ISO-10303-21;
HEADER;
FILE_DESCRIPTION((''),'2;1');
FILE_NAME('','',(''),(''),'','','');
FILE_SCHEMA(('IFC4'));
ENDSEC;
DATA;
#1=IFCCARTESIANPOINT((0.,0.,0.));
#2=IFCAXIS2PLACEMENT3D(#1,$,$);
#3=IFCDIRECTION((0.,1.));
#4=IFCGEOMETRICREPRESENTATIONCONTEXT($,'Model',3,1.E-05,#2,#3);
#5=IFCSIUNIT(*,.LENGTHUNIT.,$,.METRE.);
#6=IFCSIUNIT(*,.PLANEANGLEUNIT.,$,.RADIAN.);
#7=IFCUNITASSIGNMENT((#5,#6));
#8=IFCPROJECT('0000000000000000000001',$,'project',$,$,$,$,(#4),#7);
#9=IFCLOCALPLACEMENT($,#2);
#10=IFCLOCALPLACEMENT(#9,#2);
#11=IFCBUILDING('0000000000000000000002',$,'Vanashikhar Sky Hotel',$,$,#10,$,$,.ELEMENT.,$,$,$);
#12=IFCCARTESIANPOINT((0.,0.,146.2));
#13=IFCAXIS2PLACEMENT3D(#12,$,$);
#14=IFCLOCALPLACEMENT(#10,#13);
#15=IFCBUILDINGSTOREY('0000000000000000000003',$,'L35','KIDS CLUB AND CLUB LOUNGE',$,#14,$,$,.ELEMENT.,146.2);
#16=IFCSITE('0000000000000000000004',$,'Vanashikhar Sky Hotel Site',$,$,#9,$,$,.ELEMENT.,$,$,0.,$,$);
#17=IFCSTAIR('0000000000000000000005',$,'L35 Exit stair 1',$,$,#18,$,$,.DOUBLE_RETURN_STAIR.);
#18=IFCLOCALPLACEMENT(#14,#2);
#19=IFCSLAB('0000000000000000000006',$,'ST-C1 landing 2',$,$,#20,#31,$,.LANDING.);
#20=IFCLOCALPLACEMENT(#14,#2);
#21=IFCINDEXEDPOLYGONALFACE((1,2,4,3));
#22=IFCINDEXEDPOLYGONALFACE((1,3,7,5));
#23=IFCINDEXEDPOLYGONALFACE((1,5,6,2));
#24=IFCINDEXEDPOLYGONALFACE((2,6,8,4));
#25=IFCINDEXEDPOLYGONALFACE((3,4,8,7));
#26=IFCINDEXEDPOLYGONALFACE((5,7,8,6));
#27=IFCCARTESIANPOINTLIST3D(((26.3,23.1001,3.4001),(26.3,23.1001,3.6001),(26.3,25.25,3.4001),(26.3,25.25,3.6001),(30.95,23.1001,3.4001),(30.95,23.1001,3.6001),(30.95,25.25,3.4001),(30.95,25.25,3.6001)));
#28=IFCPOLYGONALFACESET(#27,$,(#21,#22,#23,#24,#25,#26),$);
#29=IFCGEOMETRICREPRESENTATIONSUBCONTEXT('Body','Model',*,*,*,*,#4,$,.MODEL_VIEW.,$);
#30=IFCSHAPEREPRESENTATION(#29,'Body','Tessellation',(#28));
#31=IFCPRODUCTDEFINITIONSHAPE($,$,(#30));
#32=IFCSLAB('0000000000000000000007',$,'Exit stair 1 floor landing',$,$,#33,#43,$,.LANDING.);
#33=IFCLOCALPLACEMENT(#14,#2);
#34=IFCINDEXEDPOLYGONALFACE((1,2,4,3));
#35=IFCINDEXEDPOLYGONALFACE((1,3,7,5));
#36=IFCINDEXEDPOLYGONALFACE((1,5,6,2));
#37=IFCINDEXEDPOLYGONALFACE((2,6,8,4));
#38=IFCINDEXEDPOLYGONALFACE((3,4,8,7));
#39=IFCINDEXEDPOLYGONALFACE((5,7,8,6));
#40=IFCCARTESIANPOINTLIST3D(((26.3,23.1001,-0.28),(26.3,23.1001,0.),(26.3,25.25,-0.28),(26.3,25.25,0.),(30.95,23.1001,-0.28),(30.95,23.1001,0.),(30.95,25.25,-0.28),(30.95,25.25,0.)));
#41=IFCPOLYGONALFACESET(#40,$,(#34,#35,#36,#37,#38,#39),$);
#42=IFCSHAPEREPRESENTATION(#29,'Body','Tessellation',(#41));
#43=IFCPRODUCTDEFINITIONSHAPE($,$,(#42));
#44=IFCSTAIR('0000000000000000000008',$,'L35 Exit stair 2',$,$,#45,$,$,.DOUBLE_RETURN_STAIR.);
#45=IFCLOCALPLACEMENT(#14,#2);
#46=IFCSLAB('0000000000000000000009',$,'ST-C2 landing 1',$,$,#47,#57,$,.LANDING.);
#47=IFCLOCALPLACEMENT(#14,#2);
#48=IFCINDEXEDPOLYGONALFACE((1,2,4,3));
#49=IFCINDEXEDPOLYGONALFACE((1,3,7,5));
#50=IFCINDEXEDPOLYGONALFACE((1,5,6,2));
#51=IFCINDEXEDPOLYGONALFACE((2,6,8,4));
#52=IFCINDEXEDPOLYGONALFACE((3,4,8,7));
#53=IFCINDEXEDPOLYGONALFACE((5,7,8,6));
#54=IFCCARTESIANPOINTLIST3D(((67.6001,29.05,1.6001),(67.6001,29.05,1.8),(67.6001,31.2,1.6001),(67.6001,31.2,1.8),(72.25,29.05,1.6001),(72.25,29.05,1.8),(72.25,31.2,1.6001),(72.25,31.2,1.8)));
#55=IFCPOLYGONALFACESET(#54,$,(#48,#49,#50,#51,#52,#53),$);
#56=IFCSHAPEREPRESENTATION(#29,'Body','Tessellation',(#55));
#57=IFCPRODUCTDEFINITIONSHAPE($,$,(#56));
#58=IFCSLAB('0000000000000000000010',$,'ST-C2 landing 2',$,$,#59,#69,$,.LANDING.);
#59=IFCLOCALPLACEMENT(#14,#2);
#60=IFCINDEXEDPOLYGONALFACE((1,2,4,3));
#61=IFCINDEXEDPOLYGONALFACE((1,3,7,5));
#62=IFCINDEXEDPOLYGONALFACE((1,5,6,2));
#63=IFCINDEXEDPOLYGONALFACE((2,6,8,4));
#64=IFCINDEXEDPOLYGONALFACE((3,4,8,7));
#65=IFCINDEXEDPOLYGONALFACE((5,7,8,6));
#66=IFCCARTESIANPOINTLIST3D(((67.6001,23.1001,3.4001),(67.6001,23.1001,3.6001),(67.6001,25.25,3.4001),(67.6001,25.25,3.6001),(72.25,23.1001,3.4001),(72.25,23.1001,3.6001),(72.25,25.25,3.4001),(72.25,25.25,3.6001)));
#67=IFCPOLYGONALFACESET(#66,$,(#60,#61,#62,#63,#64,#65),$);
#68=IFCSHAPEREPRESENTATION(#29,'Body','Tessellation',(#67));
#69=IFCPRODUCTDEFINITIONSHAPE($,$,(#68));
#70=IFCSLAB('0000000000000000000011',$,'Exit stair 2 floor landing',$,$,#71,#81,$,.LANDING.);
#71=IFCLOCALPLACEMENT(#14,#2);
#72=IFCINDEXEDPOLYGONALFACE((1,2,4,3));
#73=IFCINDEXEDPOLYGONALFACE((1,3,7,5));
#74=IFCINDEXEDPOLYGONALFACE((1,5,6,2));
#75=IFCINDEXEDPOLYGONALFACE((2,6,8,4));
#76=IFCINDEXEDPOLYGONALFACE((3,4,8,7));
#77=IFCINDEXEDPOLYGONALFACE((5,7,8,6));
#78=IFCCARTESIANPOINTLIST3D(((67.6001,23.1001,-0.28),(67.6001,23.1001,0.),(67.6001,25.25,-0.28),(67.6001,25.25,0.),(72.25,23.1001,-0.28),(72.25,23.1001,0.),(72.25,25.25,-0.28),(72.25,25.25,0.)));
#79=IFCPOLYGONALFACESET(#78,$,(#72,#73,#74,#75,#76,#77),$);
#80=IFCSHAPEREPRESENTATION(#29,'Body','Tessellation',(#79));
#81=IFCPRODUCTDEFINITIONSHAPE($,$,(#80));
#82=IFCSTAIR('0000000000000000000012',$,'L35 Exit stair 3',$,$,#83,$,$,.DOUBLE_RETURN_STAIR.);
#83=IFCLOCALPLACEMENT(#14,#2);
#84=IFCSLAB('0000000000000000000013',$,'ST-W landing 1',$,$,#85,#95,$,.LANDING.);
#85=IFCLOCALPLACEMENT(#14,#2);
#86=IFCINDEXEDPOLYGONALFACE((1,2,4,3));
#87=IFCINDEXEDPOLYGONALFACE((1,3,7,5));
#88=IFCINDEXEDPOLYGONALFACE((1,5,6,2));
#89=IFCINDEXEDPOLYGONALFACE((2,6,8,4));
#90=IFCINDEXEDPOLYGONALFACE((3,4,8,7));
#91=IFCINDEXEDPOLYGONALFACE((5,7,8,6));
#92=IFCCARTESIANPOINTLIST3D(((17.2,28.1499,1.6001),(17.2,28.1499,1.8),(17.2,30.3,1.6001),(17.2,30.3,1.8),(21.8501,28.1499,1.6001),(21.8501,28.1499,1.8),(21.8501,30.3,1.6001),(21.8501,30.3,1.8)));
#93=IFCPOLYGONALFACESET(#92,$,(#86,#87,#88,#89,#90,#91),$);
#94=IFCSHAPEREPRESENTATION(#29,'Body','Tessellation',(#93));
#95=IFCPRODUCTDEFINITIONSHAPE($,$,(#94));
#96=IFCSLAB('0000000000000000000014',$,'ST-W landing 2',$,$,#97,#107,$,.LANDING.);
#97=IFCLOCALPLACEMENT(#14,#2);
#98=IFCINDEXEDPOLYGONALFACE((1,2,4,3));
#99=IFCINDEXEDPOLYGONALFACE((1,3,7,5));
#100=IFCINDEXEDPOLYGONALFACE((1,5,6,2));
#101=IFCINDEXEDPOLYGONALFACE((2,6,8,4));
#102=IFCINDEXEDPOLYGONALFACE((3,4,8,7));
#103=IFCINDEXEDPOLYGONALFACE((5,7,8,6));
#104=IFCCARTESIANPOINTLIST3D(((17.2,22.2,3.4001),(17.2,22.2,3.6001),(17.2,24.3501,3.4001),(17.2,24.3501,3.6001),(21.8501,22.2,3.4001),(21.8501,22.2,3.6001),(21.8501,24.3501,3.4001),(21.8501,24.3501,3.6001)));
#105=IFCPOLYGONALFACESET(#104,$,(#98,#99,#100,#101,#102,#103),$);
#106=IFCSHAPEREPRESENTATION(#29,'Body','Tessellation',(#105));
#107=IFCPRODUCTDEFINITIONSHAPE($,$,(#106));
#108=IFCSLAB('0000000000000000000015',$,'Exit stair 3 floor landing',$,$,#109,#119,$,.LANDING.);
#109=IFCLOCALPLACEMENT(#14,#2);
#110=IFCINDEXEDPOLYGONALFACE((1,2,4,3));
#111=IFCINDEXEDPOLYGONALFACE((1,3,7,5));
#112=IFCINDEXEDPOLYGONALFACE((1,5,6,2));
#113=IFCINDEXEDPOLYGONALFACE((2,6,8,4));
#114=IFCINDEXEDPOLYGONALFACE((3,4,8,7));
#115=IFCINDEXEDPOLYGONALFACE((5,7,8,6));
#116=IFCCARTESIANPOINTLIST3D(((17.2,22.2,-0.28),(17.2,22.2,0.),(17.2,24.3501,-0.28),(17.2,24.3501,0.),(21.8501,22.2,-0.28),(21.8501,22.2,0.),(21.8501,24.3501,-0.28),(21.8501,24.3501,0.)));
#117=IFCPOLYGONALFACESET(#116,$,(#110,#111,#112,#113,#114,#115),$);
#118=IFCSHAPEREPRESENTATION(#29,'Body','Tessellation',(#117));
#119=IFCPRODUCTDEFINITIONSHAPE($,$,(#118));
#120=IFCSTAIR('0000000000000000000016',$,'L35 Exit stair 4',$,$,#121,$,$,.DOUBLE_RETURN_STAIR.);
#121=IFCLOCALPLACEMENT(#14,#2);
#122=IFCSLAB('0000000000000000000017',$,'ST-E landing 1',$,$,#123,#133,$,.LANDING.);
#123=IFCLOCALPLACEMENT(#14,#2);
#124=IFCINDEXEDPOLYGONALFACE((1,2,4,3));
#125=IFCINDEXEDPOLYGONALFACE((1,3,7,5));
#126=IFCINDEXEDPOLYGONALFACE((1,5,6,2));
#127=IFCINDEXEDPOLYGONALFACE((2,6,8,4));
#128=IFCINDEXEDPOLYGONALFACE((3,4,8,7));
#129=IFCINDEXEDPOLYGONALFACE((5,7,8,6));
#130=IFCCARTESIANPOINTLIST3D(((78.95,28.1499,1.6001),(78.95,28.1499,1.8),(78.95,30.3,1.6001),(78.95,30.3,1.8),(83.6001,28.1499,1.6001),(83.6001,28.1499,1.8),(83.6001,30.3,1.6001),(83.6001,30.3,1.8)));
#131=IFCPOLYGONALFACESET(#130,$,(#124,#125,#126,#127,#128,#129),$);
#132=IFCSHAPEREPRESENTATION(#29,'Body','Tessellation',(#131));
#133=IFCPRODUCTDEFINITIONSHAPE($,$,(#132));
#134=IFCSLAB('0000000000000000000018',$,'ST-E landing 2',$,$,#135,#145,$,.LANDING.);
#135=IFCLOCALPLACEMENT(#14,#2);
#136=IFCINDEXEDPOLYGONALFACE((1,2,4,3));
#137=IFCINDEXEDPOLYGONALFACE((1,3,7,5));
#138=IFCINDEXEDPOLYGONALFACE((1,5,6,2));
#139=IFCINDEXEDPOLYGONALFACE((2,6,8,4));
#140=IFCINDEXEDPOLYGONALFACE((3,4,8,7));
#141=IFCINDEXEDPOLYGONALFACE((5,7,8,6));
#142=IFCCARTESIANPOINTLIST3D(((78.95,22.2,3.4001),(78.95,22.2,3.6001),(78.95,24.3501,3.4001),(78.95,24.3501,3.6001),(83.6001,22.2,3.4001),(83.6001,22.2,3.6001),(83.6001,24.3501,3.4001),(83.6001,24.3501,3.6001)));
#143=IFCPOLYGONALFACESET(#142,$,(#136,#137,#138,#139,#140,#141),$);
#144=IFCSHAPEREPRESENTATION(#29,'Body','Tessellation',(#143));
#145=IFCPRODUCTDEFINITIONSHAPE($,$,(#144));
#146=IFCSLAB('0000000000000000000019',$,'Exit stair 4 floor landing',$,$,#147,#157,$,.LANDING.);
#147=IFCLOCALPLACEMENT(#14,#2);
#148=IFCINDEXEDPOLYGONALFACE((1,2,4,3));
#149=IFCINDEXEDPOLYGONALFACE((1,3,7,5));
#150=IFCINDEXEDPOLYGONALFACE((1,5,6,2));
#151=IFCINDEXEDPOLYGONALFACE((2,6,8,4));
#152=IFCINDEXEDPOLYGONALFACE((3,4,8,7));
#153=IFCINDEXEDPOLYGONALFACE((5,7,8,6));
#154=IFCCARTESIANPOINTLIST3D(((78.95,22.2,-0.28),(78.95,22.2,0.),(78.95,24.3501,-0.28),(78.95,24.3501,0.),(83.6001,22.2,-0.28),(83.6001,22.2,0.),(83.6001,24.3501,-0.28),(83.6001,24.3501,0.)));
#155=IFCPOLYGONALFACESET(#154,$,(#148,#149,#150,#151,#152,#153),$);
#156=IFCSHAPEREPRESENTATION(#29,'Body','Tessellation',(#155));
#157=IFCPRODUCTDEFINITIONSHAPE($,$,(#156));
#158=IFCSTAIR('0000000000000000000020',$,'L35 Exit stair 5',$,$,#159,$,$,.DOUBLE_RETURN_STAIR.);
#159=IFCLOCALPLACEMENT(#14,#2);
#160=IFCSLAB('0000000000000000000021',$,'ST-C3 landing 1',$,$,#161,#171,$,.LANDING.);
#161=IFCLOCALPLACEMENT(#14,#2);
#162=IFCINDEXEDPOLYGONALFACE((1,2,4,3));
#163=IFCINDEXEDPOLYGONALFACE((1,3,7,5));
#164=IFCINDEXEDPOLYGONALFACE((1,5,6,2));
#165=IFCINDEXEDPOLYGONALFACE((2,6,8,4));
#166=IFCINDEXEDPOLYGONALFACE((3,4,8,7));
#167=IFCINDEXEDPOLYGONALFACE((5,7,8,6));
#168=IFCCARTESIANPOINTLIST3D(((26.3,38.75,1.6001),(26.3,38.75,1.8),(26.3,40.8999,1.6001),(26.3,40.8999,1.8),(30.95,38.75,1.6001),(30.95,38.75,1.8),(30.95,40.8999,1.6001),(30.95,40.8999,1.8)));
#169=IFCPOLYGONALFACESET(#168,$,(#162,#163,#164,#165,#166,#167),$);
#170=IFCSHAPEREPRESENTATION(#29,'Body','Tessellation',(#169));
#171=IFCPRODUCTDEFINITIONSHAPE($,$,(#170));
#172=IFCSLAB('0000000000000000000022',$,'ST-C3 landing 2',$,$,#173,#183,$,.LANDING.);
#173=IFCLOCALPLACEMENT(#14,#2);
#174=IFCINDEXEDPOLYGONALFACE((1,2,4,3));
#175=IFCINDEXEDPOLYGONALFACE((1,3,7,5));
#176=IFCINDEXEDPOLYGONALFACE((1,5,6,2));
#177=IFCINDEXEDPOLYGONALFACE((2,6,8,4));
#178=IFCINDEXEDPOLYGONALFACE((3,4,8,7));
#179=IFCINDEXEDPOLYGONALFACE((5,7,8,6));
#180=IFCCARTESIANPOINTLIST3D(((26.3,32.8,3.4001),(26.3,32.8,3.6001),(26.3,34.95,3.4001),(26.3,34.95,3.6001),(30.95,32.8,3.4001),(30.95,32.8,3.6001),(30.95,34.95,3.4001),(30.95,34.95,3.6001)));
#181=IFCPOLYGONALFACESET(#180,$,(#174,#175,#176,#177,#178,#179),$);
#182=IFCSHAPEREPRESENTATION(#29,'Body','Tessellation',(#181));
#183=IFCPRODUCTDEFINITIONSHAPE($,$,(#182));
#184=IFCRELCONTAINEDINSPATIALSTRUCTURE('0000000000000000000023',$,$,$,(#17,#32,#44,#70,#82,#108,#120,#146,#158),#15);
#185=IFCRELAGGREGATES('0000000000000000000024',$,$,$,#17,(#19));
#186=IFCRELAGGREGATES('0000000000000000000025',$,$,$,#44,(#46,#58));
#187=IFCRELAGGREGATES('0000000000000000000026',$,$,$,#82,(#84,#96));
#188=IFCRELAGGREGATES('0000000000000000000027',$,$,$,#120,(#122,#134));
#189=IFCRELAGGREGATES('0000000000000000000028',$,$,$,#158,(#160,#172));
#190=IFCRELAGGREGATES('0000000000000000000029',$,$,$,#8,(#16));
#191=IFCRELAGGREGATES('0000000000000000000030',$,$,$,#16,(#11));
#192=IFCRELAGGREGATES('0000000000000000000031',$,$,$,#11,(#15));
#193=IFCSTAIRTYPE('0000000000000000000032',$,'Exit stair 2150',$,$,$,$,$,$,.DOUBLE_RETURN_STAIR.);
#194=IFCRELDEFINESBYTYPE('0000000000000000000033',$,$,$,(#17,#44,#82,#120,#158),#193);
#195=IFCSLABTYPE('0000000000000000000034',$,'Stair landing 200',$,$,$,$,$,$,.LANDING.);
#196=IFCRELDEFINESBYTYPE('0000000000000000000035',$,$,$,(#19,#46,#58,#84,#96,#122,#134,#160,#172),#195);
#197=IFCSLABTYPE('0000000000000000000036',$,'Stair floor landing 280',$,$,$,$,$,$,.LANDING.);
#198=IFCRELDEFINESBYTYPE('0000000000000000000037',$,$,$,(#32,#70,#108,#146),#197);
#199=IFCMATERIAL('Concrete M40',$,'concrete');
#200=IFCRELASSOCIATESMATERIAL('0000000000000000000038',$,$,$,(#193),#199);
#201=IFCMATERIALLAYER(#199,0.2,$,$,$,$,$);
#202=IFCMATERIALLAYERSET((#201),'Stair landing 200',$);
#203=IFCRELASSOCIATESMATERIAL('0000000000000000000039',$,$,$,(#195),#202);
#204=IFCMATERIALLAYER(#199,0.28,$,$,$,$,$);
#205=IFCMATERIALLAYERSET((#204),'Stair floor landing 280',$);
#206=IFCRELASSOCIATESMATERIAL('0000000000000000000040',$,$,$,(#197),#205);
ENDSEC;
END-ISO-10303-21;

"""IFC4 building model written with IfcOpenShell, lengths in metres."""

from ifc_helpers import new_model, si_unit, direction, frame, origin, place, context, subcontext, project, spatial, polyline, outline, extrude, source, transform, mapped, material, layer, layer_set, type_object, element, aggregate, save


model = new_model("IFC4")

# Units and contexts
model_context = context("Model", 3, precision=1e-05, world=origin(), true_north=direction((0.0, 1.0)))
body_context = subcontext(model_context, "Body", "Model", "MODEL_VIEW")
ifc_project = project(units=[si_unit("LENGTHUNIT", "METRE"), si_unit("PLANEANGLEUNIT", "RADIAN")], contexts=[model_context])

# Site, building, storey
site_placement = place(None, origin())
site = spatial("IfcSite", under=ifc_project, at=site_placement, Name="Vanashikhar Sky Hotel Site", CompositionType="ELEMENT", RefElevation=0.0)
building_placement = place(site_placement, origin())
building = spatial("IfcBuilding", under=site, at=building_placement, Name="Vanashikhar Sky Hotel", CompositionType="ELEMENT")
storey_placement = place(building_placement, frame((0.0, 0.0, 146.2)))
storey = spatial("IfcBuildingStorey", under=building, at=storey_placement, Name="L35", Description="KIDS CLUB AND CLUB LOUNGE", CompositionType="ELEMENT", Elevation=146.2)

# Shared definitions
ifc_material_1 = material(Name="Concrete M40", Category="concrete")

# Stair, slab
stair_type = type_object("IfcStairType", Name="Exit stair 2150", PredefinedType="DOUBLE_RETURN_STAIR", material=ifc_material_1)
stair_1_placement = place(storey_placement, origin())
stair_1 = element("IfcStair", 1, at=stair_1_placement, inside=storey, type_object=stair_type, Name="L35 Exit stair 1", PredefinedType="DOUBLE_RETURN_STAIR")
ifc_layer_1 = layer(ifc_material_1, 0.2)
ifc_layer_set_1 = layer_set([ifc_layer_1], Name="Stair landing 200")
slab_type_1 = type_object("IfcSlabType", Name="Stair landing 200", PredefinedType="LANDING", material=ifc_layer_set_1)
shared_shape_1 = source(origin(), body_context, "Body", "SweptSolid", [
    extrude(outline(polyline([(30.95, 23.1001), (30.95, 25.25), (26.3, 25.25), (26.3, 23.1001), (30.95, 23.1001)])), origin(), (0.0, 0.0, 1.0), 0.2),
])
slab_1_placement = place(storey_placement, frame((0.0, 0.0, 3.4001)))
slab_1 = element("IfcSlab", 2, at=slab_1_placement, type_object=slab_type_1, Name="ST-C1 landing 2", PredefinedType="LANDING", context=body_context, shape_type="MappedRepresentation", body=[
    mapped(shared_shape_1, transform((0.0, 0.0, 0.0), scale=1.0)),
])
aggregate(stair_1, [slab_1])

# Slab
ifc_layer_2 = layer(ifc_material_1, 0.28)
ifc_layer_set_2 = layer_set([ifc_layer_2], Name="Stair floor landing 280")
slab_type_2 = type_object("IfcSlabType", Name="Stair floor landing 280", PredefinedType="LANDING", material=ifc_layer_set_2)
shared_shape_2 = source(origin(), body_context, "Body", "SweptSolid", [
    extrude(outline(polyline([(30.95, 23.1001), (30.95, 25.25), (26.3, 25.25), (26.3, 23.1001), (30.95, 23.1001)])), origin(), (0.0, 0.0, 1.0), 0.28),
])
slab_2_placement = place(storey_placement, frame((0.0, 0.0, -0.28)))
element("IfcSlab", 3, at=slab_2_placement, inside=storey, type_object=slab_type_2, Name="Exit stair 1 floor landing", PredefinedType="LANDING", context=body_context, shape_type="MappedRepresentation", body=[
    mapped(shared_shape_2, transform((0.0, 0.0, 0.0), scale=1.0)),
])

# Stair, slabs
stair_2_placement = place(storey_placement, origin())
stair_2 = element("IfcStair", 4, at=stair_2_placement, inside=storey, type_object=stair_type, Name="L35 Exit stair 2", PredefinedType="DOUBLE_RETURN_STAIR")
shared_shape_3 = source(origin(), body_context, "Body", "SweptSolid", [
    extrude(outline(polyline([(72.25, 29.05), (72.25, 31.2), (67.6001, 31.2), (67.6001, 29.05), (72.25, 29.05)])), origin(), (0.0, 0.0, 1.0), 0.2),
])
slab_3_placement = place(storey_placement, frame((0.0, 0.0, 1.6001)))
slab_3 = element("IfcSlab", 5, at=slab_3_placement, type_object=slab_type_1, Name="ST-C2 landing 1", PredefinedType="LANDING", context=body_context, shape_type="MappedRepresentation", body=[
    mapped(shared_shape_3, transform((0.0, 0.0, 0.0), scale=1.0)),
])
shared_shape_4 = source(origin(), body_context, "Body", "SweptSolid", [
    extrude(outline(polyline([(72.25, 23.1001), (72.25, 25.25), (67.6001, 25.25), (67.6001, 23.1001), (72.25, 23.1001)])), origin(), (0.0, 0.0, 1.0), 0.2),
])
slab_4_placement = place(storey_placement, frame((0.0, 0.0, 3.4001)))
slab_4 = element("IfcSlab", 6, at=slab_4_placement, type_object=slab_type_1, Name="ST-C2 landing 2", PredefinedType="LANDING", context=body_context, shape_type="MappedRepresentation", body=[
    mapped(shared_shape_4, transform((0.0, 0.0, 0.0), scale=1.0)),
])
aggregate(stair_2, [slab_3, slab_4])

# Slab
shared_shape_5 = source(origin(), body_context, "Body", "SweptSolid", [
    extrude(outline(polyline([(72.25, 23.1001), (72.25, 25.25), (67.6001, 25.25), (67.6001, 23.1001), (72.25, 23.1001)])), origin(), (0.0, 0.0, 1.0), 0.28),
])
slab_5_placement = place(storey_placement, frame((0.0, 0.0, -0.28)))
element("IfcSlab", 7, at=slab_5_placement, inside=storey, type_object=slab_type_2, Name="Exit stair 2 floor landing", PredefinedType="LANDING", context=body_context, shape_type="MappedRepresentation", body=[
    mapped(shared_shape_5, transform((0.0, 0.0, 0.0), scale=1.0)),
])

# Stair, slabs
stair_3_placement = place(storey_placement, origin())
stair_3 = element("IfcStair", 8, at=stair_3_placement, inside=storey, type_object=stair_type, Name="L35 Exit stair 3", PredefinedType="DOUBLE_RETURN_STAIR")
shared_shape_6 = source(origin(), body_context, "Body", "SweptSolid", [
    extrude(outline(polyline([(21.8501, 28.1499), (21.8501, 30.3), (17.2, 30.3), (17.2, 28.1499), (21.8501, 28.1499)])), origin(), (0.0, 0.0, 1.0), 0.2),
])
slab_6_placement = place(storey_placement, frame((0.0, 0.0, 1.6001)))
slab_6 = element("IfcSlab", 9, at=slab_6_placement, type_object=slab_type_1, Name="ST-W landing 1", PredefinedType="LANDING", context=body_context, shape_type="MappedRepresentation", body=[
    mapped(shared_shape_6, transform((0.0, 0.0, 0.0), scale=1.0)),
])
shared_shape_7 = source(origin(), body_context, "Body", "SweptSolid", [
    extrude(outline(polyline([(21.8501, 22.2), (21.8501, 24.3501), (17.2, 24.3501), (17.2, 22.2), (21.8501, 22.2)])), origin(), (0.0, 0.0, 1.0), 0.2),
])
slab_7_placement = place(storey_placement, frame((0.0, 0.0, 3.4001)))
slab_7 = element("IfcSlab", 10, at=slab_7_placement, type_object=slab_type_1, Name="ST-W landing 2", PredefinedType="LANDING", context=body_context, shape_type="MappedRepresentation", body=[
    mapped(shared_shape_7, transform((0.0, 0.0, 0.0), scale=1.0)),
])
aggregate(stair_3, [slab_6, slab_7])

# Slab
shared_shape_8 = source(origin(), body_context, "Body", "SweptSolid", [
    extrude(outline(polyline([(21.8501, 22.2), (21.8501, 24.3501), (17.2, 24.3501), (17.2, 22.2), (21.8501, 22.2)])), origin(), (0.0, 0.0, 1.0), 0.28),
])
slab_8_placement = place(storey_placement, frame((0.0, 0.0, -0.28)))
element("IfcSlab", 11, at=slab_8_placement, inside=storey, type_object=slab_type_2, Name="Exit stair 3 floor landing", PredefinedType="LANDING", context=body_context, shape_type="MappedRepresentation", body=[
    mapped(shared_shape_8, transform((0.0, 0.0, 0.0), scale=1.0)),
])

# Stair, slabs
stair_4_placement = place(storey_placement, origin())
stair_4 = element("IfcStair", 12, at=stair_4_placement, inside=storey, type_object=stair_type, Name="L35 Exit stair 4", PredefinedType="DOUBLE_RETURN_STAIR")
shared_shape_9 = source(origin(), body_context, "Body", "SweptSolid", [
    extrude(outline(polyline([(83.6001, 28.1499), (83.6001, 30.3), (78.95, 30.3), (78.95, 28.1499), (83.6001, 28.1499)])), origin(), (0.0, 0.0, 1.0), 0.2),
])
slab_9_placement = place(storey_placement, frame((0.0, 0.0, 1.6001)))
slab_9 = element("IfcSlab", 13, at=slab_9_placement, type_object=slab_type_1, Name="ST-E landing 1", PredefinedType="LANDING", context=body_context, shape_type="MappedRepresentation", body=[
    mapped(shared_shape_9, transform((0.0, 0.0, 0.0), scale=1.0)),
])
shared_shape_10 = source(origin(), body_context, "Body", "SweptSolid", [
    extrude(outline(polyline([(83.6001, 22.2), (83.6001, 24.3501), (78.95, 24.3501), (78.95, 22.2), (83.6001, 22.2)])), origin(), (0.0, 0.0, 1.0), 0.2),
])
slab_10_placement = place(storey_placement, frame((0.0, 0.0, 3.4001)))
slab_10 = element("IfcSlab", 14, at=slab_10_placement, type_object=slab_type_1, Name="ST-E landing 2", PredefinedType="LANDING", context=body_context, shape_type="MappedRepresentation", body=[
    mapped(shared_shape_10, transform((0.0, 0.0, 0.0), scale=1.0)),
])
aggregate(stair_4, [slab_9, slab_10])

# Slab
shared_shape_11 = source(origin(), body_context, "Body", "SweptSolid", [
    extrude(outline(polyline([(83.6001, 22.2), (83.6001, 24.3501), (78.95, 24.3501), (78.95, 22.2), (83.6001, 22.2)])), origin(), (0.0, 0.0, 1.0), 0.28),
])
slab_11_placement = place(storey_placement, frame((0.0, 0.0, -0.28)))
element("IfcSlab", 15, at=slab_11_placement, inside=storey, type_object=slab_type_2, Name="Exit stair 4 floor landing", PredefinedType="LANDING", context=body_context, shape_type="MappedRepresentation", body=[
    mapped(shared_shape_11, transform((0.0, 0.0, 0.0), scale=1.0)),
])

# Stair, slabs
stair_5_placement = place(storey_placement, origin())
stair_5 = element("IfcStair", 16, at=stair_5_placement, inside=storey, type_object=stair_type, Name="L35 Exit stair 5", PredefinedType="DOUBLE_RETURN_STAIR")
shared_shape_12 = source(origin(), body_context, "Body", "SweptSolid", [
    extrude(outline(polyline([(30.95, 38.75), (30.95, 40.8999), (26.3, 40.8999), (26.3, 38.75), (30.95, 38.75)])), origin(), (0.0, 0.0, 1.0), 0.2),
])
slab_12_placement = place(storey_placement, frame((0.0, 0.0, 1.6001)))
slab_12 = element("IfcSlab", 17, at=slab_12_placement, type_object=slab_type_1, Name="ST-C3 landing 1", PredefinedType="LANDING", context=body_context, shape_type="MappedRepresentation", body=[
    mapped(shared_shape_12, transform((0.0, 0.0, 0.0), scale=1.0)),
])
shared_shape_13 = source(origin(), body_context, "Body", "SweptSolid", [
    extrude(outline(polyline([(30.95, 32.8), (30.95, 34.95), (26.3, 34.95), (26.3, 32.8), (30.95, 32.8)])), origin(), (0.0, 0.0, 1.0), 0.2),
])
slab_13_placement = place(storey_placement, frame((0.0, 0.0, 3.4001)))
slab_13 = element("IfcSlab", 18, at=slab_13_placement, type_object=slab_type_1, Name="ST-C3 landing 2", PredefinedType="LANDING", context=body_context, shape_type="MappedRepresentation", body=[
    mapped(shared_shape_13, transform((0.0, 0.0, 0.0), scale=1.0)),
])
aggregate(stair_5, [slab_12, slab_13])

save(model, "model.ifc")
